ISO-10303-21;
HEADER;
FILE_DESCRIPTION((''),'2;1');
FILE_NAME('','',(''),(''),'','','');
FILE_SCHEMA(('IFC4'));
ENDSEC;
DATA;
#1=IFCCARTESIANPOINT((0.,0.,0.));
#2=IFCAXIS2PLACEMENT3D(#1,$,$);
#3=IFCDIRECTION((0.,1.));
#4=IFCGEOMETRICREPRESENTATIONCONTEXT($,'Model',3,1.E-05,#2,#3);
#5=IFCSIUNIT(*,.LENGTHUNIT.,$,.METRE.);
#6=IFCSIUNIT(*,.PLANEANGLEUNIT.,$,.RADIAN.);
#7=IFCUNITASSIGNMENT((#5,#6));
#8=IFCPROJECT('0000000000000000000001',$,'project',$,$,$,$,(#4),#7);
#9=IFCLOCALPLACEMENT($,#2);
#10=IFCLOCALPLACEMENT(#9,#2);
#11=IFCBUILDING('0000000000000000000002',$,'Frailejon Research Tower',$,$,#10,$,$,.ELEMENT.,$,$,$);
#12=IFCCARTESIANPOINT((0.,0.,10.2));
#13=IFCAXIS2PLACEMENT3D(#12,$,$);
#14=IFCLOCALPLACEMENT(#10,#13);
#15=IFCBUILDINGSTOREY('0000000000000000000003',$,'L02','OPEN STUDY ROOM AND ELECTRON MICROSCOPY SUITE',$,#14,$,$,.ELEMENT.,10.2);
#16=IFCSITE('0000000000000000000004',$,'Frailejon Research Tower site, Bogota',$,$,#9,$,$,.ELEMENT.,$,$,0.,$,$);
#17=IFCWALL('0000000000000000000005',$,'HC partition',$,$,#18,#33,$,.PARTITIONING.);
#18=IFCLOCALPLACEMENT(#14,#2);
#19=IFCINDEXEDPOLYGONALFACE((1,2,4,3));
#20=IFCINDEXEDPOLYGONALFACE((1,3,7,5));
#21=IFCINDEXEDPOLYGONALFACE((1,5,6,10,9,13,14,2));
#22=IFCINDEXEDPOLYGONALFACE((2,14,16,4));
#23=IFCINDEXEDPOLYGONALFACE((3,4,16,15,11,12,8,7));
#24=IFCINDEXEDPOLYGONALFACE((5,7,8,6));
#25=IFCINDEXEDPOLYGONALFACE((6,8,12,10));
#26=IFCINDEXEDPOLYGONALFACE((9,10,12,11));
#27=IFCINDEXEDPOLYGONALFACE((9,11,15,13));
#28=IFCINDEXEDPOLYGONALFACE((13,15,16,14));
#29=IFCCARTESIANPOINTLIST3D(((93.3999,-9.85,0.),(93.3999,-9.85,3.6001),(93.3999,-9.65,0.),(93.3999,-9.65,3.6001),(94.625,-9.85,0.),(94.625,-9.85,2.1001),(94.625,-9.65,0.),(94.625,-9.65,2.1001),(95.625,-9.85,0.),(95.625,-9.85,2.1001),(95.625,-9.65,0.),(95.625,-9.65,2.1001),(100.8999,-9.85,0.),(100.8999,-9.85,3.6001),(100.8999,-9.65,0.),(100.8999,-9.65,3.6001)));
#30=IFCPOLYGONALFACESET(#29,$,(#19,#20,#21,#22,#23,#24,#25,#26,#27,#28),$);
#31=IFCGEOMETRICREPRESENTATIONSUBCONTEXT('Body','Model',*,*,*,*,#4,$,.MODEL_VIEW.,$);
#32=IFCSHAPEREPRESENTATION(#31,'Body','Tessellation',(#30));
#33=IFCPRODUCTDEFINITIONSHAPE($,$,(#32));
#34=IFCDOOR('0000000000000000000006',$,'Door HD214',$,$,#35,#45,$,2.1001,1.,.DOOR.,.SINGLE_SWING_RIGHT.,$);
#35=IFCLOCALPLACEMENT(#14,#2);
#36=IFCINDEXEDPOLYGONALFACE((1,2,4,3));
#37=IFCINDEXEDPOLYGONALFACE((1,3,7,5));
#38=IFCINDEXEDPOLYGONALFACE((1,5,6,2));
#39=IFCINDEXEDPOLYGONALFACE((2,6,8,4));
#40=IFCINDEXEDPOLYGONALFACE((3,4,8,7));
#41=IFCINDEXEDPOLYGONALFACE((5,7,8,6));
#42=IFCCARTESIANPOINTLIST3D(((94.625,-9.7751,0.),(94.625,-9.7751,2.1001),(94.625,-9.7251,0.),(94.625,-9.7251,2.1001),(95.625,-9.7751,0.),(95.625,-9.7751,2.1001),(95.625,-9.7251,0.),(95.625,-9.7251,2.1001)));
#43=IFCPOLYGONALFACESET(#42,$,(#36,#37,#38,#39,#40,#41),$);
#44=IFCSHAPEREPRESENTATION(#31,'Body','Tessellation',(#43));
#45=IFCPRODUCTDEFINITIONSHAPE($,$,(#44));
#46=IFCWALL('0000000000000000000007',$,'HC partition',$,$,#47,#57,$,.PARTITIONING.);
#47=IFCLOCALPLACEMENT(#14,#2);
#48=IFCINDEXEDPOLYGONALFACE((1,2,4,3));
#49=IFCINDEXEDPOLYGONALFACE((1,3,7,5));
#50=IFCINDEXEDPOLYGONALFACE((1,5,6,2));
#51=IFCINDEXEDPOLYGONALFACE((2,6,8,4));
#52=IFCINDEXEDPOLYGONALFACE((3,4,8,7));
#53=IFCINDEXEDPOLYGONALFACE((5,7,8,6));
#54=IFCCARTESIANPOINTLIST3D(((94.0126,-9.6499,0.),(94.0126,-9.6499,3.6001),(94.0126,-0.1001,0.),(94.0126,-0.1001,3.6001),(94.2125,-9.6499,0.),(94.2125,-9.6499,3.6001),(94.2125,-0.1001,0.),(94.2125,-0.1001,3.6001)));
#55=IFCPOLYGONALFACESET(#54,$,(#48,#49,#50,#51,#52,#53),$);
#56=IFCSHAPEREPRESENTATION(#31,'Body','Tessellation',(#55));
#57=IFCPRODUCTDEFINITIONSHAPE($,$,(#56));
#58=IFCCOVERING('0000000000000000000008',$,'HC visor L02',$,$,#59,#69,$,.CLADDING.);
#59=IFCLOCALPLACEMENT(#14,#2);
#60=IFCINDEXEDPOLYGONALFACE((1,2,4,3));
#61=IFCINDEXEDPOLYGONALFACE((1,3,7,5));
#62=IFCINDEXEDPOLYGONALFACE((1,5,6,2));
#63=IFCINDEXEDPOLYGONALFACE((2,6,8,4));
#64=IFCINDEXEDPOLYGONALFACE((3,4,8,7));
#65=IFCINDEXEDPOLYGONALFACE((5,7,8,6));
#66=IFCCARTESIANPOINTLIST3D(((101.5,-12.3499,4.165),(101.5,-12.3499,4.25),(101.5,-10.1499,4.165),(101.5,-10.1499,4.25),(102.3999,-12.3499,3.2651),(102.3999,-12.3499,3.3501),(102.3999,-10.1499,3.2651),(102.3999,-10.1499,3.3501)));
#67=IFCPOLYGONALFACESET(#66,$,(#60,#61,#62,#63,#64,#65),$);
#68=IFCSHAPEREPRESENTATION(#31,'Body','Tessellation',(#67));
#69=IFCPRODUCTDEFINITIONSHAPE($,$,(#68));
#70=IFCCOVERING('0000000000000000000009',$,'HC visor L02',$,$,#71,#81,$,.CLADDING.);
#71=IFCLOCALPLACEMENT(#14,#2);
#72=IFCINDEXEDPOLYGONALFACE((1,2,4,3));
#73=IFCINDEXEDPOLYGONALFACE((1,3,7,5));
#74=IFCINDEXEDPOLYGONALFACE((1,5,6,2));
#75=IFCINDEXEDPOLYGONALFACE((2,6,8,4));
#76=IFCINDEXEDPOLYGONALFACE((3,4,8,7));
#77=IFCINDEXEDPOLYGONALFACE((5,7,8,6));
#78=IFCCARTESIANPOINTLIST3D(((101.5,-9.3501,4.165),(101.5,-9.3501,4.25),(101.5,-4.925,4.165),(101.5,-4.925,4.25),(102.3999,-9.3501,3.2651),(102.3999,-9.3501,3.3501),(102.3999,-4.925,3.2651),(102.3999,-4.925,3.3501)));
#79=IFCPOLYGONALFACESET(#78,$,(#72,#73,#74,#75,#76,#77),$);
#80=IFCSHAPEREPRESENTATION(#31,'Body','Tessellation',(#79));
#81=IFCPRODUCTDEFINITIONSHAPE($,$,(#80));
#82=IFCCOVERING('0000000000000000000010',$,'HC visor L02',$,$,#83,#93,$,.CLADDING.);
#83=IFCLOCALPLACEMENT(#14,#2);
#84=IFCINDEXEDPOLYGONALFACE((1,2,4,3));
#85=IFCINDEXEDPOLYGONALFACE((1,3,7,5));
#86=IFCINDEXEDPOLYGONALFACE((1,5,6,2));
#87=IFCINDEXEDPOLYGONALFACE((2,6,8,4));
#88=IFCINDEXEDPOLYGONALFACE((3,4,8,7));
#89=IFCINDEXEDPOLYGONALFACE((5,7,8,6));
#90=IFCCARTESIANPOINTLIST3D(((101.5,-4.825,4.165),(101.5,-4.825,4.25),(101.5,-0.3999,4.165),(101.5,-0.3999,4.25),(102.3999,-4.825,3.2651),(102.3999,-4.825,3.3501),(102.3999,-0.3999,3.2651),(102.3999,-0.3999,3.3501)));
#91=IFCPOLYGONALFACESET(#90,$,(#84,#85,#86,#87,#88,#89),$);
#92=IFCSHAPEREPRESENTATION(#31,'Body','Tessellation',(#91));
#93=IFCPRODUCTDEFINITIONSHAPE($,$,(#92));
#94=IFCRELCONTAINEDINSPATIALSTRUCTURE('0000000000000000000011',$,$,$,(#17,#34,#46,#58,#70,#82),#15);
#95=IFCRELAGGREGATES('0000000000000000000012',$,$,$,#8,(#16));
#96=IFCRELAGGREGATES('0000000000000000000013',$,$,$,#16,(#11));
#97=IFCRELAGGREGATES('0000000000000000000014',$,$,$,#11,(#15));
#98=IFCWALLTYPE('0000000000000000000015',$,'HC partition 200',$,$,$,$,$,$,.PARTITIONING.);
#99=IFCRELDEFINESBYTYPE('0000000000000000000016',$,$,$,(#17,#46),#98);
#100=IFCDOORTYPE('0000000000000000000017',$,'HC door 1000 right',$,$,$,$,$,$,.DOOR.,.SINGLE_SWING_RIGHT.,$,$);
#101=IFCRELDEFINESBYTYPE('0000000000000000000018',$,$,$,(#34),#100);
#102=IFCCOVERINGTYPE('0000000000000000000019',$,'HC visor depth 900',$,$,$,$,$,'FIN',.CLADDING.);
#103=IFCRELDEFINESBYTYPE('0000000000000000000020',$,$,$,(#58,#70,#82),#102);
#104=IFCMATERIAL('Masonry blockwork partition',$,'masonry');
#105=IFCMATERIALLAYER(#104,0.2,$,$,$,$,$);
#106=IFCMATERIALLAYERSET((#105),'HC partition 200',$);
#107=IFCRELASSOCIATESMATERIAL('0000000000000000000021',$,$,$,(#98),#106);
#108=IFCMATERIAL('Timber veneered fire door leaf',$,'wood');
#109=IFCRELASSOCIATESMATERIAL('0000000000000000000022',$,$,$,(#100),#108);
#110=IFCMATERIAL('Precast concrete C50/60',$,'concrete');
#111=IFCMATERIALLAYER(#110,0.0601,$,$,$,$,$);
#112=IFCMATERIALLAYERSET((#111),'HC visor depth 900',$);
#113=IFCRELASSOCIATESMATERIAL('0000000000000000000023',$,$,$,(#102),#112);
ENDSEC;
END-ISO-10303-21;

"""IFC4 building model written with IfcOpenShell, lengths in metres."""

from ifc_helpers import new_model, si_unit, direction, frame, frame_2d, origin, place, context, subcontext, project, spatial, polyline, rectangle, outline, extrude, material, layer, layer_set, type_object, element, fill, save


model = new_model("IFC4")

# Units and contexts
model_context = context("Model", 3, precision=1e-05, world=origin(), true_north=direction((0.0, 1.0)))
body_context = subcontext(model_context, "Body", "Model", "MODEL_VIEW")
ifc_project = project(units=[si_unit("LENGTHUNIT", "METRE"), si_unit("PLANEANGLEUNIT", "RADIAN")], contexts=[model_context])

# Site, building, storey
site_placement = place(None, origin())
site = spatial("IfcSite", under=ifc_project, at=site_placement, Name="Frailejon Research Tower site, Bogota", CompositionType="ELEMENT", RefElevation=0.0)
building_placement = place(site_placement, origin())
building = spatial("IfcBuilding", under=site, at=building_placement, Name="Frailejon Research Tower", CompositionType="ELEMENT")
storey_placement = place(building_placement, frame((0.0, 0.0, 10.2)))
storey = spatial("IfcBuildingStorey", under=building, at=storey_placement, Name="L02", Description="OPEN STUDY ROOM AND ELECTRON MICROSCOPY SUITE", CompositionType="ELEMENT", Elevation=10.2)

# Shared definitions
ifc_material_1 = material(Name="Masonry blockwork partition", Category="masonry")
ifc_layer_1 = layer(ifc_material_1, 0.2)
ifc_layer_set_1 = layer_set([ifc_layer_1], Name="HC partition 200")
wall_type = type_object("IfcWallType", Name="HC partition 200", PredefinedType="PARTITIONING", material=ifc_layer_set_1)

# Wall, opening, door
wall_1_placement = place(storey_placement, frame((93.3999, -9.75, 0.0), z_axis=(0.0, 0.0, 1.0), x_axis=(1.0, 0.0, 0.0)))
wall_1 = element("IfcWall", 1, at=wall_1_placement, inside=storey, type_object=wall_type, Name="HC partition", PredefinedType="PARTITIONING", context=body_context, shape_type="SweptSolid", body=[
    extrude(rectangle(XDim=7.5, YDim=0.2, at=frame_2d((3.75, 0.0))), origin(), (0.0, 0.0, 1.0), 3.6001),
])
opening_placement = place(wall_1_placement, frame((1.2251, 0.0, 0.0)))
opening = element("IfcOpeningElement", 2, at=opening_placement, cuts=wall_1, PredefinedType="OPENING", context=body_context, shape_type="SweptSolid", body=[
    extrude(rectangle(XDim=1.0, YDim=2.1001, at=frame_2d((0.5, 1.05))), frame((0.0, 0.1099, 0.0), z_axis=(0.0, -1.0, 0.0), x_axis=(1.0, 0.0, 0.0)), (0.0, 0.0, 1.0), 0.22),
])
ifc_material_2 = material(Name="Timber veneered fire door leaf", Category="wood")
door_type = type_object("IfcDoorType", Name="HC door 1000 right", OperationType="SINGLE_SWING_RIGHT", PredefinedType="DOOR", material=ifc_material_2)
door_placement = place(opening_placement, origin())
door = element("IfcDoor", 3, at=door_placement, inside=storey, type_object=door_type, Name="Door HD214", OperationType="SINGLE_SWING_RIGHT", OverallHeight=2.1001, OverallWidth=1.0, PredefinedType="DOOR", context=body_context, shape_type="SweptSolid", body=[
    extrude(rectangle(XDim=1.0, YDim=2.1001, at=frame_2d((0.5, 1.05))), frame((0.0, 0.0249, 0.0), z_axis=(0.0, -1.0, 0.0), x_axis=(1.0, 0.0, 0.0)), (0.0, 0.0, 1.0), 0.05),
])
fill(opening, door)

# Wall
wall_2_placement = place(storey_placement, frame((94.1125, -9.6499, 0.0), z_axis=(0.0, 0.0, 1.0), x_axis=(0.0, 1.0, 0.0)))
element("IfcWall", 4, at=wall_2_placement, inside=storey, type_object=wall_type, Name="HC partition", PredefinedType="PARTITIONING", context=body_context, shape_type="SweptSolid", body=[
    extrude(rectangle(XDim=9.5498, YDim=0.2, at=frame_2d((4.7749, 0.0))), origin(), (0.0, 0.0, 1.0), 3.6001),
])

# Coverings
ifc_material_3 = material(Name="Precast concrete C50/60", Category="concrete")
ifc_layer_2 = layer(ifc_material_3, 0.0601)
ifc_layer_set_2 = layer_set([ifc_layer_2], Name="HC visor depth 900")
covering_type = type_object("IfcCoveringType", Name="HC visor depth 900", ElementType="FIN", PredefinedType="CLADDING", material=ifc_layer_set_2)
covering_placement = place(storey_placement, frame((101.5, -10.1499, 4.25), z_axis=(0.0, -1.0, 0.0), x_axis=(1.0, 0.0, 0.0)))
element("IfcCovering", 5, at=covering_placement, inside=storey, type_object=covering_type, Name="HC visor L02", PredefinedType="CLADDING", context=body_context, shape_type="SweptSolid", body=[
    extrude(outline(polyline([(0.0, -0.085), (0.8999, -0.9849), (0.8999, -0.8999), (0.0, 0.0), (0.0, -0.085)])), origin(), (0.0, 0.0, 1.0), 2.2),
])
for number, where, z_axis, x_axis, name in (
    (6, (101.5, -4.925, 4.25), (0.0, -1.0, 0.0), (1.0, 0.0, 0.0), "HC visor L02"),
    (7, (101.5, -0.3999, 4.25), (0.0, -1.0, 0.0), (1.0, 0.0, 0.0), "HC visor L02"),
):
    element("IfcCovering", number, at=place(storey_placement, frame(where, z_axis=z_axis, x_axis=x_axis)), inside=storey, type_object=covering_type, Name=name, PredefinedType="CLADDING", context=body_context, shape_type="SweptSolid", body=[
        extrude(outline(polyline([(0.0, -0.085), (0.8999, -0.9849), (0.8999, -0.8999), (0.0, 0.0), (0.0, -0.085)])), origin(), (0.0, 0.0, 1.0), 4.425),
    ])

save(model, "model.ifc")
